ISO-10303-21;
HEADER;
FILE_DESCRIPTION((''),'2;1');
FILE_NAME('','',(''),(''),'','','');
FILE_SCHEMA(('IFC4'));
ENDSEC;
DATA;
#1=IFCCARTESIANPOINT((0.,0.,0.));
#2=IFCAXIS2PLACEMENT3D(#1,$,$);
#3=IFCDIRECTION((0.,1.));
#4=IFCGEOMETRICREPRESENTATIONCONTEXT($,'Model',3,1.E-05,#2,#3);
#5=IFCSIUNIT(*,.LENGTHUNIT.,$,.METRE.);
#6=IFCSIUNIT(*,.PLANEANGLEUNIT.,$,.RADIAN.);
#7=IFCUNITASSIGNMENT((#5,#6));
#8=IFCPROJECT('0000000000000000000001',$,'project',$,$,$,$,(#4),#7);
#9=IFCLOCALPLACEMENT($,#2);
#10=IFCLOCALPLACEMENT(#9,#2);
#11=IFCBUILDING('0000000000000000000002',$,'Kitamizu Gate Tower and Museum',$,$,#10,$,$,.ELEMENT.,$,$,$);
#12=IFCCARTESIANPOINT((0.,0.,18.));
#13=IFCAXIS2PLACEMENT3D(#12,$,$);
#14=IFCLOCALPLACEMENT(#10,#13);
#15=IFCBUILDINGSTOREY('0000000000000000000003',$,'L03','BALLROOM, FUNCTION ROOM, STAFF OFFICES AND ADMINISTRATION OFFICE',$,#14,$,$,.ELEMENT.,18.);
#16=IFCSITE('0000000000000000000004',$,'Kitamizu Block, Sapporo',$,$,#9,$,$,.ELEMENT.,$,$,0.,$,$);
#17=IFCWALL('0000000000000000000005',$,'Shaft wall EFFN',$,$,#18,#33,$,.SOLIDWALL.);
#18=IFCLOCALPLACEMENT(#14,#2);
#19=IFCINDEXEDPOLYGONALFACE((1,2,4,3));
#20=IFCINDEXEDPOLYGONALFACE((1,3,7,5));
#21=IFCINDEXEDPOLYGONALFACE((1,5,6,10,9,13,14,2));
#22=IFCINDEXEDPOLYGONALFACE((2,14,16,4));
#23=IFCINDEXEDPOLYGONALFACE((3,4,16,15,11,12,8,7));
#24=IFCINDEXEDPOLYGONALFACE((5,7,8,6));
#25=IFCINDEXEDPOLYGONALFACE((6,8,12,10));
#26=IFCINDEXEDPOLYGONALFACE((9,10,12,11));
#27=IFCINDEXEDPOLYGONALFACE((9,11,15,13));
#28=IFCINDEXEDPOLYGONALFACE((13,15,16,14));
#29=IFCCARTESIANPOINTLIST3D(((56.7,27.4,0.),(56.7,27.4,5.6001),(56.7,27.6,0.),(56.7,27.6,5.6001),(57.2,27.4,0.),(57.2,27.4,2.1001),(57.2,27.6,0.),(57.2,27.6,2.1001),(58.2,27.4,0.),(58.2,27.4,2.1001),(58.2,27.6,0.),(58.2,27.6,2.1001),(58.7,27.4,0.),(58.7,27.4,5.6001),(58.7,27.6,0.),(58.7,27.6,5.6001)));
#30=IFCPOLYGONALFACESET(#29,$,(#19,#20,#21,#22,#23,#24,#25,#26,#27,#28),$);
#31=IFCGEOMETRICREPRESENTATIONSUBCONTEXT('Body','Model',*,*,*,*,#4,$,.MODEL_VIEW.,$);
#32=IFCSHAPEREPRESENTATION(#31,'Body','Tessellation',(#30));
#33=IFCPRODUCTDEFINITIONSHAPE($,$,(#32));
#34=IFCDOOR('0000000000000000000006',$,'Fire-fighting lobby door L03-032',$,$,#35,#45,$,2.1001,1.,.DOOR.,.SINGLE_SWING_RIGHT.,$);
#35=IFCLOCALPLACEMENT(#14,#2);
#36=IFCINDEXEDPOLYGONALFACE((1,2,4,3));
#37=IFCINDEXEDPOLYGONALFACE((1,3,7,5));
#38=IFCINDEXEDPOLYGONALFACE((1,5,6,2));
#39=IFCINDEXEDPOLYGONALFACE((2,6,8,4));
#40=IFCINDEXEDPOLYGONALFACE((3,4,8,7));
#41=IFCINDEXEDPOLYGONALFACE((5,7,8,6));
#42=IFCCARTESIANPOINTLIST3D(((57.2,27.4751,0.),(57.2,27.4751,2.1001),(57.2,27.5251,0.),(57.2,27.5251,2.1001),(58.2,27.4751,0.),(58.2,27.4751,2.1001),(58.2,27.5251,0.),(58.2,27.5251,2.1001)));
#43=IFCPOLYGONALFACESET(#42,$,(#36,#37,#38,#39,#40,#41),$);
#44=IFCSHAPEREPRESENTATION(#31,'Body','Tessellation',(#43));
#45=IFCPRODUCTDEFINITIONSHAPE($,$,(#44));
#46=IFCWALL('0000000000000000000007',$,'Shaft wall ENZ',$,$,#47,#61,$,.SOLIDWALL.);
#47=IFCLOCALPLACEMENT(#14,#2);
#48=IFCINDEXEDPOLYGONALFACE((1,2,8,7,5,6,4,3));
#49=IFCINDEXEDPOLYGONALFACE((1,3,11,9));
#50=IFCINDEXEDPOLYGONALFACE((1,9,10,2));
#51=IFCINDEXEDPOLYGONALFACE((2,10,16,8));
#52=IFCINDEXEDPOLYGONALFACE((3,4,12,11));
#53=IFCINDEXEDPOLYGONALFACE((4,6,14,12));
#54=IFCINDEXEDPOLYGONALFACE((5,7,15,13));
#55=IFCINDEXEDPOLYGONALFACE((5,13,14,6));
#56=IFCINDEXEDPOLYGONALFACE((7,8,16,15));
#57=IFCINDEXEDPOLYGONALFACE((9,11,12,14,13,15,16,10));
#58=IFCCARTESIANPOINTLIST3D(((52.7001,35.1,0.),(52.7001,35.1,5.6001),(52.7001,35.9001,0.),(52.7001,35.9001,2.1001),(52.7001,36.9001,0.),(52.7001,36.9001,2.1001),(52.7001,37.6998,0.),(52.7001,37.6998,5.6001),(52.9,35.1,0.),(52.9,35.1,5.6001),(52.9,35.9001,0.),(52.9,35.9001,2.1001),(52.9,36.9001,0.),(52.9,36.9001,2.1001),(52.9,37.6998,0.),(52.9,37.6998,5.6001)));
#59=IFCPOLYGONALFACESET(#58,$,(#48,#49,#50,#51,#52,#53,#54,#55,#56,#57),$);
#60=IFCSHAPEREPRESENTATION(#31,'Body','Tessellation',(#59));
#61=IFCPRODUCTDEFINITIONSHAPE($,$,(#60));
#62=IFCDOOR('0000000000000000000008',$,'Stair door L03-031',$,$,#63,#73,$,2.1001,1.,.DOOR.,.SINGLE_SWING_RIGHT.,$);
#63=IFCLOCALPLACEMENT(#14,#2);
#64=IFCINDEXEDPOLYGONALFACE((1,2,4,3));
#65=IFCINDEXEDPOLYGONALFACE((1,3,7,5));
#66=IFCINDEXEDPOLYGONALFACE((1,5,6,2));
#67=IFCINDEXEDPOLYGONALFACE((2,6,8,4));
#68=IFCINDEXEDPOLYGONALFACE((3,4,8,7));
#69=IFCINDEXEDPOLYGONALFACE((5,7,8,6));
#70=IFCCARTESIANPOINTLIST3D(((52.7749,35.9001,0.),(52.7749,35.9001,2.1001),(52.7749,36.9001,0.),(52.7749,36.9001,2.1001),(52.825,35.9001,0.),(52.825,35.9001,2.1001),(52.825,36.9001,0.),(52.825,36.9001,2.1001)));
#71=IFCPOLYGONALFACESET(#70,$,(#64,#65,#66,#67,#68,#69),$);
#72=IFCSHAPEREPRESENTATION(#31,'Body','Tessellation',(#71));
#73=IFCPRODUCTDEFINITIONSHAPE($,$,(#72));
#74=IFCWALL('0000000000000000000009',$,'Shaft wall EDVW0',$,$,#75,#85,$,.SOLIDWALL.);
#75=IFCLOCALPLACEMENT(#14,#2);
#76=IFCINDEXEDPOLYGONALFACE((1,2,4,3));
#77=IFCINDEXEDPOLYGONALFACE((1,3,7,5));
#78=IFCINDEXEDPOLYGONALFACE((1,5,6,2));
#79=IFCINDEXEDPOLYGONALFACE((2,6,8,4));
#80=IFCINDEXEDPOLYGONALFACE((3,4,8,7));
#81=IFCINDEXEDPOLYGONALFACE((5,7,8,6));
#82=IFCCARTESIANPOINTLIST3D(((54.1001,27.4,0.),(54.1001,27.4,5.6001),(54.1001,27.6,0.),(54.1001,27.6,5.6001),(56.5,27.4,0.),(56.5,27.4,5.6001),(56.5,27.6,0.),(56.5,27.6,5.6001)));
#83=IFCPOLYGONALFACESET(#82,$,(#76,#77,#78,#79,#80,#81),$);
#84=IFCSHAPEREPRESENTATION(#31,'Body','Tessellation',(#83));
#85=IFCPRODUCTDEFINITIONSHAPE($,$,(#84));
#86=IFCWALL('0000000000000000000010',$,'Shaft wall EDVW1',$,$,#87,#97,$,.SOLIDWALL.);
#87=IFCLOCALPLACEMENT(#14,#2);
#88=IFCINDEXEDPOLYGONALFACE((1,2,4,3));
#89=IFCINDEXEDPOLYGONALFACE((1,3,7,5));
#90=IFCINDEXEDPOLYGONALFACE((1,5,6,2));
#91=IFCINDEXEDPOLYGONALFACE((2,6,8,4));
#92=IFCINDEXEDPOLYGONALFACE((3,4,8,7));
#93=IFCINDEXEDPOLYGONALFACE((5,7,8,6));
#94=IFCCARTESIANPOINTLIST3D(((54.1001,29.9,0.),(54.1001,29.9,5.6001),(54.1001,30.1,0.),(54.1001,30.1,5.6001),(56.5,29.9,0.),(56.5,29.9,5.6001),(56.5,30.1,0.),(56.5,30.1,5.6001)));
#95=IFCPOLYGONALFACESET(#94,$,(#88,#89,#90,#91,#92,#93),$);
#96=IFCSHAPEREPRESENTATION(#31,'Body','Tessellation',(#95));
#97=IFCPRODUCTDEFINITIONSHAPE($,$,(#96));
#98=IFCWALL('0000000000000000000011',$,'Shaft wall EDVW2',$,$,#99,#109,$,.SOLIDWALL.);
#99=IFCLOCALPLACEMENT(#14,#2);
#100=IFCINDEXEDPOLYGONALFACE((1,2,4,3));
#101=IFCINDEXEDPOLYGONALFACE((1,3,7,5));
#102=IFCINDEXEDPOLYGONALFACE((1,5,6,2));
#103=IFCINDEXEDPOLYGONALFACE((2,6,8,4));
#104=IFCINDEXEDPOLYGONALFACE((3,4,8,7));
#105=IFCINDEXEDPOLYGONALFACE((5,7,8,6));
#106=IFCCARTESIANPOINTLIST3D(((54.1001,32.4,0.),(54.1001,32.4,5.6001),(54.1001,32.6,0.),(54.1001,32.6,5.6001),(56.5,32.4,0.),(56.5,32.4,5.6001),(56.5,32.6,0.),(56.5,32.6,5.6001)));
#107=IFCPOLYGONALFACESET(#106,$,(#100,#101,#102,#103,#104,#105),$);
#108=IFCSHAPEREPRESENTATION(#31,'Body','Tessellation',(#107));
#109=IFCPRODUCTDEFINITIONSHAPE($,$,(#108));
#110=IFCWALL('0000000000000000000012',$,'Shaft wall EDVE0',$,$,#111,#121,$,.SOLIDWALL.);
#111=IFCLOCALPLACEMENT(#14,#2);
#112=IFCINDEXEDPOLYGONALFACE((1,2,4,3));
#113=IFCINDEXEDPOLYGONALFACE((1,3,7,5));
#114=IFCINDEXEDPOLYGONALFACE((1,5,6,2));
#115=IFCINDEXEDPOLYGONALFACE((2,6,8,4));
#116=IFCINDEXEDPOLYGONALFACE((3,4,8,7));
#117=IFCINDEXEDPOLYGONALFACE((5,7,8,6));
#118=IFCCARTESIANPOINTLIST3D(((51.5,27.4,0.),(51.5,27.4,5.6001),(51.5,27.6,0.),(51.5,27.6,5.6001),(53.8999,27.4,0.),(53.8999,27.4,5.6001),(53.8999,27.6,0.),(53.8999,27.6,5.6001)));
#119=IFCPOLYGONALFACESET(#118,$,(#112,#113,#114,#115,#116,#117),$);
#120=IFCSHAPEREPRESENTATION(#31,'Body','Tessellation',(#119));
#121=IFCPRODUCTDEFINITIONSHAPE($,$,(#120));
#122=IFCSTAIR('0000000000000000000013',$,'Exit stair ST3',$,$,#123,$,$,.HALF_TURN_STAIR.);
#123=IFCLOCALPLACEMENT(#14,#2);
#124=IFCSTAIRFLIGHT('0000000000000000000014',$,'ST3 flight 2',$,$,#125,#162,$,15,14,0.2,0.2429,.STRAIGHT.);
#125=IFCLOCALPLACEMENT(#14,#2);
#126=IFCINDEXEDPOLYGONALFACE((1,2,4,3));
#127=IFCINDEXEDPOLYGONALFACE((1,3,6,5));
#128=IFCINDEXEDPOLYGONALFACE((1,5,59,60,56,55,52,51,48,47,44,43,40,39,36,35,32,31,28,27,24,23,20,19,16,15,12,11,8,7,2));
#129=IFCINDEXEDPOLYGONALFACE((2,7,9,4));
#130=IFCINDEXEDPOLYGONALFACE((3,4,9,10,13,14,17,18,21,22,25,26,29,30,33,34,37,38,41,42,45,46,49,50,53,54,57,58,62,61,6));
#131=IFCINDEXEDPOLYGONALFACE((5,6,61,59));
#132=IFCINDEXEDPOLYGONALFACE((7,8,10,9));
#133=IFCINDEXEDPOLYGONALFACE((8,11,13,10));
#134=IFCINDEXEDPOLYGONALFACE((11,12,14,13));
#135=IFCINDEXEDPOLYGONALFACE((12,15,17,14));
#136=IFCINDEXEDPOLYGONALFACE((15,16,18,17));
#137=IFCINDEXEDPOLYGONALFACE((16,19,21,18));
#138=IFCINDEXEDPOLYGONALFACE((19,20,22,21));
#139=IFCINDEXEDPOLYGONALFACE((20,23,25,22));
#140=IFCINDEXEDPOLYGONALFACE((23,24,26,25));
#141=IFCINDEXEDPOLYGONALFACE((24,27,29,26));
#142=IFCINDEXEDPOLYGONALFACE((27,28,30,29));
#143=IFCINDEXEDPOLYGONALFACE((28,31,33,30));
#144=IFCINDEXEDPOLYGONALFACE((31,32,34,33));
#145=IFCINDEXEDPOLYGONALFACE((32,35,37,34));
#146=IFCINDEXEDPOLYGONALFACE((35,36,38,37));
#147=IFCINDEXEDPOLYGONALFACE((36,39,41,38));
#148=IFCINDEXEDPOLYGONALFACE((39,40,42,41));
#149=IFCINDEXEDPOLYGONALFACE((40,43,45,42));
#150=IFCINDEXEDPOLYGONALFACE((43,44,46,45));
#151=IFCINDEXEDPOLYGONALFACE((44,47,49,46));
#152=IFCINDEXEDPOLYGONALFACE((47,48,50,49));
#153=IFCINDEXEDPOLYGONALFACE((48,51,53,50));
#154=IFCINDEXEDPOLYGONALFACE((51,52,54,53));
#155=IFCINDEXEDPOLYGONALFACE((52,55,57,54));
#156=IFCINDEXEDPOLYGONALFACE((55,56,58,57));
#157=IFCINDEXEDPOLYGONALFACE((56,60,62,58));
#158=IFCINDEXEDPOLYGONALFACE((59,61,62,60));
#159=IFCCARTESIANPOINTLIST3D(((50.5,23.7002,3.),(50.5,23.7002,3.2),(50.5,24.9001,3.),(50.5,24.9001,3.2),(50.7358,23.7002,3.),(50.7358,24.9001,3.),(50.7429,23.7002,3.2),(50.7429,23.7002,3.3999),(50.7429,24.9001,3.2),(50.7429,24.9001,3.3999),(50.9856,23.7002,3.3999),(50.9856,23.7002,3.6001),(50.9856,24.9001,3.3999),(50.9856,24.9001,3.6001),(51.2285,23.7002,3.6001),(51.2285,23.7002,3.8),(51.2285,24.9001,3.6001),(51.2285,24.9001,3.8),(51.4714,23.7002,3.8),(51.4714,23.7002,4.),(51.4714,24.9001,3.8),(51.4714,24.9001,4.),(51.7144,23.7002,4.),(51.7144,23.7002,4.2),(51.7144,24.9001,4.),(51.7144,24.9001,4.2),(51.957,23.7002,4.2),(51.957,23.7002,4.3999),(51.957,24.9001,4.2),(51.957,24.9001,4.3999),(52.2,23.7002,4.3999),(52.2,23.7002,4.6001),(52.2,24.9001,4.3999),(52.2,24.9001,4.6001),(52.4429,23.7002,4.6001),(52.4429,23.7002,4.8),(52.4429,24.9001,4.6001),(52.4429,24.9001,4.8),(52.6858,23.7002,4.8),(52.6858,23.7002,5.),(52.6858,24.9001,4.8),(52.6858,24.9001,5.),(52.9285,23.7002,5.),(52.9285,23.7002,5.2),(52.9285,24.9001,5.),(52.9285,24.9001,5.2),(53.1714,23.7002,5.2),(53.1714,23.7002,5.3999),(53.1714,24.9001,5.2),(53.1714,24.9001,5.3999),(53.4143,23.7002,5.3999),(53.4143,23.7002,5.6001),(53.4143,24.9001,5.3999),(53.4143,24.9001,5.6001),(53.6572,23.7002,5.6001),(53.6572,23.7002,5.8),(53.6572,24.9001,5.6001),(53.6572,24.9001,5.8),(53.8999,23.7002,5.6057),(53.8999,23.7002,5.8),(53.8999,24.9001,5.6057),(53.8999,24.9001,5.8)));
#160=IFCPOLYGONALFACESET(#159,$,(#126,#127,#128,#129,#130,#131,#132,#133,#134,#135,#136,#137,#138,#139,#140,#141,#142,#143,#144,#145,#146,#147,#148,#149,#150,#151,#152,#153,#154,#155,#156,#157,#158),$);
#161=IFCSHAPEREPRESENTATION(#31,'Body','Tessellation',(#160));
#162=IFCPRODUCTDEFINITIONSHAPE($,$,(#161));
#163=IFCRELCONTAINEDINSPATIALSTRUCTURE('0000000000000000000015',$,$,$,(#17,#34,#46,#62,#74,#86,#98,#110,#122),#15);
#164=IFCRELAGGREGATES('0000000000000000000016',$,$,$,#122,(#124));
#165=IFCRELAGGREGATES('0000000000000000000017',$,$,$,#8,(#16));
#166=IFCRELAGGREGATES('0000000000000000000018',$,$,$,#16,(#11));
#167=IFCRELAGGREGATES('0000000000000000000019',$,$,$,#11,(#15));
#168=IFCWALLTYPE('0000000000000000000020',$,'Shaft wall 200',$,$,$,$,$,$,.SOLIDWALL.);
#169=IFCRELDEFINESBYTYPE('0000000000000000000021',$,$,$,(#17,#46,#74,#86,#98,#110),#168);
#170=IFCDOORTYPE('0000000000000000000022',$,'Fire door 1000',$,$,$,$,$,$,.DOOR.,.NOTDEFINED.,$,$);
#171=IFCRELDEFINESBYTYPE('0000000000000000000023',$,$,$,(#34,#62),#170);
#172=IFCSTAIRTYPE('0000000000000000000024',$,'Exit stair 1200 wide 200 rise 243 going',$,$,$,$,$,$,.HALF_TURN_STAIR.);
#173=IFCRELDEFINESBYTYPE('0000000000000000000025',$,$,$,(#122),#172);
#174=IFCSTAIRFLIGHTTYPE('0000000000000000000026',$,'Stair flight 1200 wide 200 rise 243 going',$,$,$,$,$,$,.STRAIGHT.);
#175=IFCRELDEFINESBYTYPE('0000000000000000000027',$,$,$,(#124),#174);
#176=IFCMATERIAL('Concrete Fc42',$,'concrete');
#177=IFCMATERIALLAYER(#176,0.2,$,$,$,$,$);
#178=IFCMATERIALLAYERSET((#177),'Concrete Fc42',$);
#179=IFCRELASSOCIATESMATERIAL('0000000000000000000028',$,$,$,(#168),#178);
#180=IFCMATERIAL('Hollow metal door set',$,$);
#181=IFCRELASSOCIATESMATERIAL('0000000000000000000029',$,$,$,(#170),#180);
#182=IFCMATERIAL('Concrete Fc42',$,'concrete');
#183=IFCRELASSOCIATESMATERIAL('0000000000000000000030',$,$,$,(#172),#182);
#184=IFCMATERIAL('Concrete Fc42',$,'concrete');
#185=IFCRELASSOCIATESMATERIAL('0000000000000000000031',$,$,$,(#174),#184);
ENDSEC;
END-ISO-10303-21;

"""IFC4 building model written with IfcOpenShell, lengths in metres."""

from ifc_helpers import new_model, si_unit, direction, frame, frame_2d, origin, place, context, subcontext, project, spatial, polyline, rectangle, outline, extrude, material, layer, layer_set, type_object, element, fill, aggregate, save


model = new_model("IFC4")

# Units and contexts
model_context = context("Model", 3, precision=1e-05, world=origin(), true_north=direction((0.0, 1.0)))
body_context = subcontext(model_context, "Body", "Model", "MODEL_VIEW")
ifc_project = project(units=[si_unit("LENGTHUNIT", "METRE"), si_unit("PLANEANGLEUNIT", "RADIAN")], contexts=[model_context])

# Site, building, storey
site_placement = place(None, origin())
site = spatial("IfcSite", under=ifc_project, at=site_placement, Name="Kitamizu Block, Sapporo", CompositionType="ELEMENT", RefElevation=0.0)
building_placement = place(site_placement, origin())
building = spatial("IfcBuilding", under=site, at=building_placement, Name="Kitamizu Gate Tower and Museum", CompositionType="ELEMENT")
storey_placement = place(building_placement, frame((0.0, 0.0, 18.0)))
storey = spatial("IfcBuildingStorey", under=building, at=storey_placement, Name="L03", Description="BALLROOM, FUNCTION ROOM, STAFF OFFICES AND ADMINISTRATION OFFICE", CompositionType="ELEMENT", Elevation=18.0)

# Shared definitions
ifc_material_1 = material(Name="Concrete Fc42", Category="concrete")
ifc_layer_1 = layer(ifc_material_1, 0.2)
ifc_layer_set_1 = layer_set([ifc_layer_1], Name="Concrete Fc42")
wall_type_1 = type_object("IfcWallType", Name="Shaft wall 200", PredefinedType="SOLIDWALL", material=ifc_layer_set_1)
ifc_material_2 = material(Name="Hollow metal door set")
door_type_1 = type_object("IfcDoorType", Name="Fire door 1000", OperationType="NOTDEFINED", PredefinedType="DOOR", material=ifc_material_2)

# Walls, openings, doors
wall_1_placement = place(storey_placement, frame((58.7, 27.5, 0.0), z_axis=(0.0, 0.0, 1.0), x_axis=(-1.0, 0.0, 0.0)))
wall_1 = element("IfcWall", 1, at=wall_1_placement, inside=storey, type_object=wall_type_1, Name="Shaft wall EFFN", PredefinedType="SOLIDWALL", context=body_context, shape_type="SweptSolid", body=[
    extrude(rectangle(XDim=2.0, YDim=0.2, at=frame_2d((1.0, 0.0))), origin(), (0.0, 0.0, 1.0), 5.6001),
])
opening_1_placement = place(wall_1_placement, frame((0.5, 0.0, 0.0)))
opening_1 = element("IfcOpeningElement", 2, at=opening_1_placement, cuts=wall_1, PredefinedType="OPENING", context=body_context, shape_type="SweptSolid", body=[
    extrude(rectangle(XDim=1.0, YDim=2.1001, at=frame_2d((0.5, 1.05))), frame((0.0, 0.1099, 0.0), z_axis=(0.0, -1.0, 0.0), x_axis=(1.0, 0.0, 0.0)), (0.0, 0.0, 1.0), 0.22),
])
door_1_placement = place(opening_1_placement, origin())
door_1 = element("IfcDoor", 3, at=door_1_placement, inside=storey, type_object=door_type_1, Name="Fire-fighting lobby door L03-032", OperationType="SINGLE_SWING_RIGHT", OverallHeight=2.1001, OverallWidth=1.0, PredefinedType="DOOR", context=body_context, shape_type="SweptSolid", body=[
    extrude(rectangle(XDim=1.0, YDim=2.1001, at=frame_2d((0.5, 1.05))), frame((0.0, 0.0249, 0.0), z_axis=(0.0, -1.0, 0.0), x_axis=(1.0, 0.0, 0.0)), (0.0, 0.0, 1.0), 0.05),
])
fill(opening_1, door_1)
wall_2_placement = place(storey_placement, frame((52.8, 35.1001, 0.0), z_axis=(0.0, 0.0, 1.0), x_axis=(0.0, 1.0, 0.0)))
wall_2 = element("IfcWall", 4, at=wall_2_placement, inside=storey, type_object=wall_type_1, Name="Shaft wall ENZ", PredefinedType="SOLIDWALL", context=body_context, shape_type="SweptSolid", body=[
    extrude(rectangle(XDim=2.5999, YDim=0.2, at=frame_2d((1.2998, 0.0))), origin(), (0.0, 0.0, 1.0), 5.6001),
])
opening_2_placement = place(wall_2_placement, frame((0.8, 0.0, 0.0)))
opening_2 = element("IfcOpeningElement", 5, at=opening_2_placement, cuts=wall_2, PredefinedType="OPENING", context=body_context, shape_type="SweptSolid", body=[
    extrude(rectangle(XDim=1.0, YDim=2.1001, at=frame_2d((0.5, 1.05))), frame((0.0, 0.1099, 0.0), z_axis=(0.0, -1.0, 0.0), x_axis=(1.0, 0.0, 0.0)), (0.0, 0.0, 1.0), 0.22),
])
door_2_placement = place(opening_2_placement, frame((1.0, 0.0, 0.0), x_axis=(-1.0, 0.0, 0.0)))
door_2 = element("IfcDoor", 6, at=door_2_placement, inside=storey, type_object=door_type_1, Name="Stair door L03-031", OperationType="SINGLE_SWING_RIGHT", OverallHeight=2.1001, OverallWidth=1.0, PredefinedType="DOOR", context=body_context, shape_type="SweptSolid", body=[
    extrude(rectangle(XDim=1.0, YDim=2.1001, at=frame_2d((0.5, 1.05))), frame((0.0, 0.0249, 0.0), z_axis=(0.0, -1.0, 0.0), x_axis=(1.0, 0.0, 0.0)), (0.0, 0.0, 1.0), 0.05),
])
fill(opening_2, door_2)

# Walls
for number, where, z_axis, x_axis, name in (
    (7, (56.5, 27.5, 0.0), (0.0, 0.0, 1.0), (-1.0, 0.0, 0.0), "Shaft wall EDVW0"),
    (8, (56.5, 30.0, 0.0), (0.0, 0.0, 1.0), (-1.0, 0.0, 0.0), "Shaft wall EDVW1"),
    (9, (56.5, 32.5, 0.0), (0.0, 0.0, 1.0), (-1.0, 0.0, 0.0), "Shaft wall EDVW2"),
    (10, (53.8999, 27.5, 0.0), (0.0, 0.0, 1.0), (-1.0, 0.0, 0.0), "Shaft wall EDVE0"),
):
    element("IfcWall", number, at=place(storey_placement, frame(where, z_axis=z_axis, x_axis=x_axis)), inside=storey, type_object=wall_type_1, Name=name, PredefinedType="SOLIDWALL", context=body_context, shape_type="SweptSolid", body=[
        extrude(rectangle(XDim=2.3999, YDim=0.2, at=frame_2d((1.2, 0.0))), origin(), (0.0, 0.0, 1.0), 5.6001),
    ])

# Stair, stair flight
ifc_material_3 = material(Name="Concrete Fc42", Category="concrete")
stair_type = type_object("IfcStairType", Name="Exit stair 1200 wide 200 rise 243 going", PredefinedType="HALF_TURN_STAIR", material=ifc_material_3)
stair_placement = place(storey_placement, origin())
stair = element("IfcStair", 11, at=stair_placement, inside=storey, type_object=stair_type, Name="Exit stair ST3", PredefinedType="HALF_TURN_STAIR")
ifc_material_4 = material(Name="Concrete Fc42", Category="concrete")
stair_flight_type = type_object("IfcStairFlightType", Name="Stair flight 1200 wide 200 rise 243 going", PredefinedType="STRAIGHT", material=ifc_material_4)
stair_flight_placement = place(storey_placement, frame((50.5, 24.3, 3.0), z_axis=(0.0, 0.0, 1.0), x_axis=(1.0, 0.0, 0.0)))
stair_flight = element("IfcStairFlight", 12, at=stair_flight_placement, type_object=stair_flight_type, Name="ST3 flight 2", NumberOfRisers=15, NumberOfTreads=14, PredefinedType="STRAIGHT", RiserHeight=0.2, TreadLength=0.2429, context=body_context, shape_type="SweptSolid", body=[
    extrude(outline(polyline([(0.0, 0.0), (0.0, 0.2), (0.2429, 0.2), (0.2429, 0.3999), (0.4856, 0.3999), (0.4856, 0.6001), (0.7285, 0.6001), (0.7285, 0.8), (0.9714, 0.8), (0.9714, 1.0), (1.2144, 1.0), (1.2144, 1.2), (1.457, 1.2), (1.457, 1.3999), (1.7, 1.3999), (1.7, 1.6001), (1.9429, 1.6001), (1.9429, 1.8), (2.1858, 1.8), (2.1858, 2.0), (2.4285, 2.0), (2.4285, 2.2), (2.6714, 2.2), (2.6714, 2.3999), (2.9143, 2.3999), (2.9143, 2.6001), (3.1572, 2.6001), (3.1572, 2.8), (3.3999, 2.8), (3.3999, 3.0), (3.3999, 2.6057), (0.2358, 0.0), (0.0, 0.0)])), frame((0.0, 0.6001, 0.0), z_axis=(0.0, -1.0, 0.0), x_axis=(1.0, 0.0, 0.0)), (0.0, 0.0, 1.0), 1.2),
])
aggregate(stair, [stair_flight])

save(model, "model.ifc")
